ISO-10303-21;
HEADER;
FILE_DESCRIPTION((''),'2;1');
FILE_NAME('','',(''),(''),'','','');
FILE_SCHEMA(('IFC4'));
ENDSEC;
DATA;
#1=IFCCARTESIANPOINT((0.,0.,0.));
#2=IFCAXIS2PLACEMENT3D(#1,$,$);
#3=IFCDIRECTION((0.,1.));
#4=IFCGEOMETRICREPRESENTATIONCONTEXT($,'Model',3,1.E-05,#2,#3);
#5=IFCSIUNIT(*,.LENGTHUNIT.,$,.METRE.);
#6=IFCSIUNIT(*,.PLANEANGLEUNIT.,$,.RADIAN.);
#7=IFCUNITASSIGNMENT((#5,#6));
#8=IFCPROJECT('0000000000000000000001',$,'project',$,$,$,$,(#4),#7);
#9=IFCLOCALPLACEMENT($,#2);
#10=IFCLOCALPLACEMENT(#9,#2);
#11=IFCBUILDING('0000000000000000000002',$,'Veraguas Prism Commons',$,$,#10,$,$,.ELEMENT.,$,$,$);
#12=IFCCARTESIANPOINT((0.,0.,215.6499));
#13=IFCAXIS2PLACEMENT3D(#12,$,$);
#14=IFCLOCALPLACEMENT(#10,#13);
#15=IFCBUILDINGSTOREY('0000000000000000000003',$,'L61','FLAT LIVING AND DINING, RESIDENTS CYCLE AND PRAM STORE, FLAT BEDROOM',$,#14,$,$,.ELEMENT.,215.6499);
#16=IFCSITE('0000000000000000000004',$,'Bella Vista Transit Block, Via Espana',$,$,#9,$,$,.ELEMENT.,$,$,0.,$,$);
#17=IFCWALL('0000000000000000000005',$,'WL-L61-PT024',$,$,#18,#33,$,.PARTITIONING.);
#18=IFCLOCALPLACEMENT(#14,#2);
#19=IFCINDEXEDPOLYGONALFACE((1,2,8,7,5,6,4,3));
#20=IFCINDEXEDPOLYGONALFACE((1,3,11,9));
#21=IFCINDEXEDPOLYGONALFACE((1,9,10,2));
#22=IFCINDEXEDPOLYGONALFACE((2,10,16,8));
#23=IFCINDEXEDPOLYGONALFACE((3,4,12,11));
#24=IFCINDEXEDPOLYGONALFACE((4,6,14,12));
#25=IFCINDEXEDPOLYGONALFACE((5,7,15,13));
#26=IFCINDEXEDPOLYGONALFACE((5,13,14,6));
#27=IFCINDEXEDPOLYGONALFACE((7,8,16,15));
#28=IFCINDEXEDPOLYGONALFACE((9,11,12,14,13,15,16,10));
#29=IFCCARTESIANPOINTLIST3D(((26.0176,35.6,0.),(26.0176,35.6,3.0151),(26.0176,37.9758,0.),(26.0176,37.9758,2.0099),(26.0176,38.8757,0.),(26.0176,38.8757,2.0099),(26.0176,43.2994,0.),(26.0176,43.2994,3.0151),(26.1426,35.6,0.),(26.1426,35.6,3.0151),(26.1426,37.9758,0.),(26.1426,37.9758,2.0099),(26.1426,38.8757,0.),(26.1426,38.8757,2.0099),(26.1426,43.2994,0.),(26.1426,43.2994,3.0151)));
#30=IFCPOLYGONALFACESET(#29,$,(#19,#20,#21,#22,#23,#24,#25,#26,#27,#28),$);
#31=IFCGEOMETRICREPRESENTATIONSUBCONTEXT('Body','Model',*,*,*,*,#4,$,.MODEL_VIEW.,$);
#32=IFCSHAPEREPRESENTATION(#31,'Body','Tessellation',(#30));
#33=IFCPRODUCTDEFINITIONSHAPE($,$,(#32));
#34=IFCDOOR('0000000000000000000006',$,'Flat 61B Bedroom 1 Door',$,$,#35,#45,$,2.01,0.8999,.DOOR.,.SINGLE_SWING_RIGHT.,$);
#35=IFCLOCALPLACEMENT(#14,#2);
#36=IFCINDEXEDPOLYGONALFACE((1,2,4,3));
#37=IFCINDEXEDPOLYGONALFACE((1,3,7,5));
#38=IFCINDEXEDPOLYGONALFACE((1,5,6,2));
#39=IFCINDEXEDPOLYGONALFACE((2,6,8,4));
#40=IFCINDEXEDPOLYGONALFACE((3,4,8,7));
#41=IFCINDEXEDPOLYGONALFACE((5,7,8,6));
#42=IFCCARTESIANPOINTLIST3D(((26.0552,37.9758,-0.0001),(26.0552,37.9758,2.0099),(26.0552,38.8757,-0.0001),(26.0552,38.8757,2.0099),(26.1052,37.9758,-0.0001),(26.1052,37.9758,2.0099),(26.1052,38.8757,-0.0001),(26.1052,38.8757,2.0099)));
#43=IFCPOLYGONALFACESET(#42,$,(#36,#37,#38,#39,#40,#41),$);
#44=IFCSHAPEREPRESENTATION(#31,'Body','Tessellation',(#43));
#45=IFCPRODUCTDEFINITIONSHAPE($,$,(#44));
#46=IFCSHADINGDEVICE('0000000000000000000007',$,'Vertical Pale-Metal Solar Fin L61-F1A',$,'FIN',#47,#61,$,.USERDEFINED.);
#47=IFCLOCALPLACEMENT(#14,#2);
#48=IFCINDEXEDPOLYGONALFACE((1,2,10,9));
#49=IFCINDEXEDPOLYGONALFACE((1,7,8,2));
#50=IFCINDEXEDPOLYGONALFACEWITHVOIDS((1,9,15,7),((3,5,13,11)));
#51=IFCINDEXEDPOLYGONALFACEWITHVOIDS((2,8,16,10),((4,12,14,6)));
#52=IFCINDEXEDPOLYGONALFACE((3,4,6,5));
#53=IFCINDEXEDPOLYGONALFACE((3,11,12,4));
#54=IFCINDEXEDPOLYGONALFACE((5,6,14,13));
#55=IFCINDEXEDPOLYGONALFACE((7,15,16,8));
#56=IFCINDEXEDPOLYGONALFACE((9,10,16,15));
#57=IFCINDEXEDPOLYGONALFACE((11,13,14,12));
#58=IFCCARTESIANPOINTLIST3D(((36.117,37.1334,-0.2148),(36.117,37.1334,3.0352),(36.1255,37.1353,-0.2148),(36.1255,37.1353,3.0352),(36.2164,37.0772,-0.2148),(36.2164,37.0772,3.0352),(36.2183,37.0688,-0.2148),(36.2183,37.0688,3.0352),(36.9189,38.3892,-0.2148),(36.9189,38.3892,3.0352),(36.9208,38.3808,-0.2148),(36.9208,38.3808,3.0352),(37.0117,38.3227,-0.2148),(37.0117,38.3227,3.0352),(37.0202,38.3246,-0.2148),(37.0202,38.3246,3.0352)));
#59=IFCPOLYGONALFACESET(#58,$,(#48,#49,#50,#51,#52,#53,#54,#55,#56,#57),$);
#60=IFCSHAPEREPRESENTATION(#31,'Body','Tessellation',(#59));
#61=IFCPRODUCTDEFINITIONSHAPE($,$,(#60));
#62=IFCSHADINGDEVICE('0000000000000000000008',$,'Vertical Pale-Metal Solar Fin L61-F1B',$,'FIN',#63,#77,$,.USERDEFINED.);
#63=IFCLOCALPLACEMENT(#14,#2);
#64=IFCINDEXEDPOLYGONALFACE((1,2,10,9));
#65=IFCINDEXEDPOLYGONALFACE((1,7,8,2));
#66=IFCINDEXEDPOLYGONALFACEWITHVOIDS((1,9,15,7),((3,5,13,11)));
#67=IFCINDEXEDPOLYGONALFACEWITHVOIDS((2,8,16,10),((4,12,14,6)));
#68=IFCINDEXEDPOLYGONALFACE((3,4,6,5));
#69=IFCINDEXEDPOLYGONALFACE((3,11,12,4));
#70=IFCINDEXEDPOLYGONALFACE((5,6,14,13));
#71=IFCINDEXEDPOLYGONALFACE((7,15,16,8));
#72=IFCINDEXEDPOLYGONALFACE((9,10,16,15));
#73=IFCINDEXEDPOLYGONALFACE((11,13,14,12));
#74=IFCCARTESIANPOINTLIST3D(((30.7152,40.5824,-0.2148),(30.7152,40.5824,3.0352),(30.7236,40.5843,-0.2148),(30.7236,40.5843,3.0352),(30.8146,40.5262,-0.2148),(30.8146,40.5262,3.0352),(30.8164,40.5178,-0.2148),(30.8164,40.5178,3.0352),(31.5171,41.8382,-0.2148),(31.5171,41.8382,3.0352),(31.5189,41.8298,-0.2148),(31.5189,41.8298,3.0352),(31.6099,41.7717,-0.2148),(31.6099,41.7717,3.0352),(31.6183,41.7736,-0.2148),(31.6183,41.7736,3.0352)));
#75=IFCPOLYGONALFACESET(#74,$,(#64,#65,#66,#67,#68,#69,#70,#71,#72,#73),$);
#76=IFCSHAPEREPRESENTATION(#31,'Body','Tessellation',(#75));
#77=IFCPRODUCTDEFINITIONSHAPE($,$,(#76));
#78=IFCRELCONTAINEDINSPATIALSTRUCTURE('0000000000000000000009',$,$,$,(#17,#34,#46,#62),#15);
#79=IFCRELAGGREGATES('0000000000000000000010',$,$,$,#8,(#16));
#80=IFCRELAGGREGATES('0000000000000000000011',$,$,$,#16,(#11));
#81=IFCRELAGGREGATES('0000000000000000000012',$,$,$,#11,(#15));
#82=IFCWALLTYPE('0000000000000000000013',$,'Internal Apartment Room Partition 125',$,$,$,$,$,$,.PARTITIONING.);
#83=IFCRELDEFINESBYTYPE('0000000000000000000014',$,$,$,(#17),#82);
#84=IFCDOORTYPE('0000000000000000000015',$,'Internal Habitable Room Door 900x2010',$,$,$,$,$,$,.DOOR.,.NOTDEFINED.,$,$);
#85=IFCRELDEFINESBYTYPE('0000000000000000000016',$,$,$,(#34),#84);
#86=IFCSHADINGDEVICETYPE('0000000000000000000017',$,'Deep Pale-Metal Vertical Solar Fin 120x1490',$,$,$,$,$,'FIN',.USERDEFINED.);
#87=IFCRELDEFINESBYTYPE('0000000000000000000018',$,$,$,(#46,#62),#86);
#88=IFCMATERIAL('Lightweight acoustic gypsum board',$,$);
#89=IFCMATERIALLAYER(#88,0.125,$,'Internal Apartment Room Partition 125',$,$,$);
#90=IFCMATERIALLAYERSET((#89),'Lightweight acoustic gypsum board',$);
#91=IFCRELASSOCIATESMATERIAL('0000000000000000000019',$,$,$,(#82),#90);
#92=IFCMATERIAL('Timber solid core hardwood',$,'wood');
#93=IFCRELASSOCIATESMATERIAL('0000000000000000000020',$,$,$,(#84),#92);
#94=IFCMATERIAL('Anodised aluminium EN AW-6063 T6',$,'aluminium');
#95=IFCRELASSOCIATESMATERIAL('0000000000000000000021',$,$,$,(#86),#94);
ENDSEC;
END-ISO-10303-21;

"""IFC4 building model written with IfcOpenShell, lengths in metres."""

from ifc_helpers import new_model, si_unit, direction, frame, frame_2d, origin, origin_2d, place, context, subcontext, project, spatial, rectangle, hollow_rectangle, extrude, source, transform, mapped, material, layer, layer_set, material_profile, profile_set, type_object, element, fill, save


model = new_model("IFC4")

# Units and contexts
model_context = context("Model", 3, precision=1e-05, world=origin(), true_north=direction((0.0, 1.0)))
body_context = subcontext(model_context, "Body", "Model", "MODEL_VIEW")
ifc_project = project(units=[si_unit("LENGTHUNIT", "METRE"), si_unit("PLANEANGLEUNIT", "RADIAN")], contexts=[model_context])

# Site, building, storey
site_placement = place(None, origin())
site = spatial("IfcSite", under=ifc_project, at=site_placement, Name="Bella Vista Transit Block, Via Espana", CompositionType="ELEMENT", RefElevation=0.0)
building_placement = place(site_placement, origin())
building = spatial("IfcBuilding", under=site, at=building_placement, Name="Veraguas Prism Commons", CompositionType="ELEMENT")
storey_placement = place(building_placement, frame((0.0, 0.0, 215.6499)))
storey = spatial("IfcBuildingStorey", under=building, at=storey_placement, Name="L61", Description="FLAT LIVING AND DINING, RESIDENTS CYCLE AND PRAM STORE, FLAT BEDROOM", CompositionType="ELEMENT", Elevation=215.6499)

# Shared definitions
ifc_material_1 = material(Name="Anodised aluminium EN AW-6063 T6", Category="aluminium")

# Shared definitions
shared_shape_1 = source(origin(), body_context, "Body", "SweptSolid", [
    extrude(rectangle(XDim=0.8999, YDim=2.01, at=frame_2d((0.45, 1.0049))), frame((0.0, 0.0249, 0.0), z_axis=(0.0, -1.0, 0.0), x_axis=(1.0, 0.0, 0.0)), (0.0, 0.0, 1.0), 0.05),
])
ifc_material_2 = material(Name="Lightweight acoustic gypsum board")
ifc_layer_1 = layer(ifc_material_2, 0.125, Name="Internal Apartment Room Partition 125")
ifc_layer_set_1 = layer_set([ifc_layer_1], Name="Lightweight acoustic gypsum board")
wall_type_1 = type_object("IfcWallType", Name="Internal Apartment Room Partition 125", PredefinedType="PARTITIONING", material=ifc_layer_set_1)
ifc_material_3 = material(Name="Timber solid core hardwood", Category="wood")
door_type_1 = type_object("IfcDoorType", Name="Internal Habitable Room Door 900x2010", OperationType="NOTDEFINED", PredefinedType="DOOR", material=ifc_material_3)

# Wall, opening, door
wall_1_placement = place(storey_placement, frame((26.0801, 35.6001, 0.0), z_axis=(0.0, 0.0, 1.0), x_axis=(0.0, 1.0, 0.0)))
wall_1 = element("IfcWall", 1, at=wall_1_placement, inside=storey, type_object=wall_type_1, Name="WL-L61-PT024", PredefinedType="PARTITIONING", context=body_context, shape_type="SweptSolid", body=[
    extrude(rectangle(XDim=7.6995, YDim=0.125, at=frame_2d((3.8496, 0.0))), origin(), (0.0, 0.0, 1.0), 3.0151),
])
opening_1_placement = place(wall_1_placement, frame((2.3757, 0.0, 0.0)))
opening_1 = element("IfcOpeningElement", 2, at=opening_1_placement, cuts=wall_1, PredefinedType="OPENING", context=body_context, shape_type="SweptSolid", body=[
    extrude(rectangle(XDim=0.8999, YDim=2.01, at=frame_2d((0.45, 1.0049))), frame((0.0, 0.0725, 0.0), z_axis=(0.0, -1.0, 0.0), x_axis=(1.0, 0.0, 0.0)), (0.0, 0.0, 1.0), 0.145),
])
door_1_placement = place(opening_1_placement, origin())
door_1 = element("IfcDoor", 3, at=door_1_placement, inside=storey, type_object=door_type_1, Name="Flat 61B Bedroom 1 Door", OperationType="SINGLE_SWING_RIGHT", OverallHeight=2.01, OverallWidth=0.8999, PredefinedType="DOOR", context=body_context, shape_type="MappedRepresentation", body=[
    mapped(shared_shape_1, transform((0.0, 0.0, 0.0), scale=1.0)),
])
fill(opening_1, door_1)

# Shading devices
ifc_material_profile_1 = material_profile(ifc_material_1, hollow_rectangle(XDim=0.1201, YDim=1.49, WallThickness=0.0061, at=origin_2d()), Name="FIN120X1490X6")
ifc_profile_set_1 = profile_set([ifc_material_profile_1], Name="Anodised aluminium EN AW-6063 T6")
shading_device_type = type_object("IfcShadingDeviceType", Name="Deep Pale-Metal Vertical Solar Fin 120x1490", ElementType="FIN", PredefinedType="USERDEFINED", material=ifc_profile_set_1)
for number, where, z_axis, x_axis, name in (
    (4, (36.5686, 37.729, -0.2148), (0.0, 0.0, 1.0), (-0.842829, 0.538181, 0.0), "Vertical Pale-Metal Solar Fin L61-F1A"),
    (5, (31.1667, 41.178, -0.2148), (0.0, 0.0, 1.0), (-0.842829, 0.538181, 0.0), "Vertical Pale-Metal Solar Fin L61-F1B"),
):
    element("IfcShadingDevice", number, at=place(storey_placement, frame(where, z_axis=z_axis, x_axis=x_axis)), inside=storey, type_object=shading_device_type, Name=name, ObjectType="FIN", PredefinedType="USERDEFINED", context=body_context, shape_type="SweptSolid", body=[
        extrude(hollow_rectangle(XDim=0.1201, YDim=1.49, WallThickness=0.0061, at=origin_2d()), origin(), (0.0, 0.0, 1.0), 3.25),
    ])

save(model, "model.ifc")
